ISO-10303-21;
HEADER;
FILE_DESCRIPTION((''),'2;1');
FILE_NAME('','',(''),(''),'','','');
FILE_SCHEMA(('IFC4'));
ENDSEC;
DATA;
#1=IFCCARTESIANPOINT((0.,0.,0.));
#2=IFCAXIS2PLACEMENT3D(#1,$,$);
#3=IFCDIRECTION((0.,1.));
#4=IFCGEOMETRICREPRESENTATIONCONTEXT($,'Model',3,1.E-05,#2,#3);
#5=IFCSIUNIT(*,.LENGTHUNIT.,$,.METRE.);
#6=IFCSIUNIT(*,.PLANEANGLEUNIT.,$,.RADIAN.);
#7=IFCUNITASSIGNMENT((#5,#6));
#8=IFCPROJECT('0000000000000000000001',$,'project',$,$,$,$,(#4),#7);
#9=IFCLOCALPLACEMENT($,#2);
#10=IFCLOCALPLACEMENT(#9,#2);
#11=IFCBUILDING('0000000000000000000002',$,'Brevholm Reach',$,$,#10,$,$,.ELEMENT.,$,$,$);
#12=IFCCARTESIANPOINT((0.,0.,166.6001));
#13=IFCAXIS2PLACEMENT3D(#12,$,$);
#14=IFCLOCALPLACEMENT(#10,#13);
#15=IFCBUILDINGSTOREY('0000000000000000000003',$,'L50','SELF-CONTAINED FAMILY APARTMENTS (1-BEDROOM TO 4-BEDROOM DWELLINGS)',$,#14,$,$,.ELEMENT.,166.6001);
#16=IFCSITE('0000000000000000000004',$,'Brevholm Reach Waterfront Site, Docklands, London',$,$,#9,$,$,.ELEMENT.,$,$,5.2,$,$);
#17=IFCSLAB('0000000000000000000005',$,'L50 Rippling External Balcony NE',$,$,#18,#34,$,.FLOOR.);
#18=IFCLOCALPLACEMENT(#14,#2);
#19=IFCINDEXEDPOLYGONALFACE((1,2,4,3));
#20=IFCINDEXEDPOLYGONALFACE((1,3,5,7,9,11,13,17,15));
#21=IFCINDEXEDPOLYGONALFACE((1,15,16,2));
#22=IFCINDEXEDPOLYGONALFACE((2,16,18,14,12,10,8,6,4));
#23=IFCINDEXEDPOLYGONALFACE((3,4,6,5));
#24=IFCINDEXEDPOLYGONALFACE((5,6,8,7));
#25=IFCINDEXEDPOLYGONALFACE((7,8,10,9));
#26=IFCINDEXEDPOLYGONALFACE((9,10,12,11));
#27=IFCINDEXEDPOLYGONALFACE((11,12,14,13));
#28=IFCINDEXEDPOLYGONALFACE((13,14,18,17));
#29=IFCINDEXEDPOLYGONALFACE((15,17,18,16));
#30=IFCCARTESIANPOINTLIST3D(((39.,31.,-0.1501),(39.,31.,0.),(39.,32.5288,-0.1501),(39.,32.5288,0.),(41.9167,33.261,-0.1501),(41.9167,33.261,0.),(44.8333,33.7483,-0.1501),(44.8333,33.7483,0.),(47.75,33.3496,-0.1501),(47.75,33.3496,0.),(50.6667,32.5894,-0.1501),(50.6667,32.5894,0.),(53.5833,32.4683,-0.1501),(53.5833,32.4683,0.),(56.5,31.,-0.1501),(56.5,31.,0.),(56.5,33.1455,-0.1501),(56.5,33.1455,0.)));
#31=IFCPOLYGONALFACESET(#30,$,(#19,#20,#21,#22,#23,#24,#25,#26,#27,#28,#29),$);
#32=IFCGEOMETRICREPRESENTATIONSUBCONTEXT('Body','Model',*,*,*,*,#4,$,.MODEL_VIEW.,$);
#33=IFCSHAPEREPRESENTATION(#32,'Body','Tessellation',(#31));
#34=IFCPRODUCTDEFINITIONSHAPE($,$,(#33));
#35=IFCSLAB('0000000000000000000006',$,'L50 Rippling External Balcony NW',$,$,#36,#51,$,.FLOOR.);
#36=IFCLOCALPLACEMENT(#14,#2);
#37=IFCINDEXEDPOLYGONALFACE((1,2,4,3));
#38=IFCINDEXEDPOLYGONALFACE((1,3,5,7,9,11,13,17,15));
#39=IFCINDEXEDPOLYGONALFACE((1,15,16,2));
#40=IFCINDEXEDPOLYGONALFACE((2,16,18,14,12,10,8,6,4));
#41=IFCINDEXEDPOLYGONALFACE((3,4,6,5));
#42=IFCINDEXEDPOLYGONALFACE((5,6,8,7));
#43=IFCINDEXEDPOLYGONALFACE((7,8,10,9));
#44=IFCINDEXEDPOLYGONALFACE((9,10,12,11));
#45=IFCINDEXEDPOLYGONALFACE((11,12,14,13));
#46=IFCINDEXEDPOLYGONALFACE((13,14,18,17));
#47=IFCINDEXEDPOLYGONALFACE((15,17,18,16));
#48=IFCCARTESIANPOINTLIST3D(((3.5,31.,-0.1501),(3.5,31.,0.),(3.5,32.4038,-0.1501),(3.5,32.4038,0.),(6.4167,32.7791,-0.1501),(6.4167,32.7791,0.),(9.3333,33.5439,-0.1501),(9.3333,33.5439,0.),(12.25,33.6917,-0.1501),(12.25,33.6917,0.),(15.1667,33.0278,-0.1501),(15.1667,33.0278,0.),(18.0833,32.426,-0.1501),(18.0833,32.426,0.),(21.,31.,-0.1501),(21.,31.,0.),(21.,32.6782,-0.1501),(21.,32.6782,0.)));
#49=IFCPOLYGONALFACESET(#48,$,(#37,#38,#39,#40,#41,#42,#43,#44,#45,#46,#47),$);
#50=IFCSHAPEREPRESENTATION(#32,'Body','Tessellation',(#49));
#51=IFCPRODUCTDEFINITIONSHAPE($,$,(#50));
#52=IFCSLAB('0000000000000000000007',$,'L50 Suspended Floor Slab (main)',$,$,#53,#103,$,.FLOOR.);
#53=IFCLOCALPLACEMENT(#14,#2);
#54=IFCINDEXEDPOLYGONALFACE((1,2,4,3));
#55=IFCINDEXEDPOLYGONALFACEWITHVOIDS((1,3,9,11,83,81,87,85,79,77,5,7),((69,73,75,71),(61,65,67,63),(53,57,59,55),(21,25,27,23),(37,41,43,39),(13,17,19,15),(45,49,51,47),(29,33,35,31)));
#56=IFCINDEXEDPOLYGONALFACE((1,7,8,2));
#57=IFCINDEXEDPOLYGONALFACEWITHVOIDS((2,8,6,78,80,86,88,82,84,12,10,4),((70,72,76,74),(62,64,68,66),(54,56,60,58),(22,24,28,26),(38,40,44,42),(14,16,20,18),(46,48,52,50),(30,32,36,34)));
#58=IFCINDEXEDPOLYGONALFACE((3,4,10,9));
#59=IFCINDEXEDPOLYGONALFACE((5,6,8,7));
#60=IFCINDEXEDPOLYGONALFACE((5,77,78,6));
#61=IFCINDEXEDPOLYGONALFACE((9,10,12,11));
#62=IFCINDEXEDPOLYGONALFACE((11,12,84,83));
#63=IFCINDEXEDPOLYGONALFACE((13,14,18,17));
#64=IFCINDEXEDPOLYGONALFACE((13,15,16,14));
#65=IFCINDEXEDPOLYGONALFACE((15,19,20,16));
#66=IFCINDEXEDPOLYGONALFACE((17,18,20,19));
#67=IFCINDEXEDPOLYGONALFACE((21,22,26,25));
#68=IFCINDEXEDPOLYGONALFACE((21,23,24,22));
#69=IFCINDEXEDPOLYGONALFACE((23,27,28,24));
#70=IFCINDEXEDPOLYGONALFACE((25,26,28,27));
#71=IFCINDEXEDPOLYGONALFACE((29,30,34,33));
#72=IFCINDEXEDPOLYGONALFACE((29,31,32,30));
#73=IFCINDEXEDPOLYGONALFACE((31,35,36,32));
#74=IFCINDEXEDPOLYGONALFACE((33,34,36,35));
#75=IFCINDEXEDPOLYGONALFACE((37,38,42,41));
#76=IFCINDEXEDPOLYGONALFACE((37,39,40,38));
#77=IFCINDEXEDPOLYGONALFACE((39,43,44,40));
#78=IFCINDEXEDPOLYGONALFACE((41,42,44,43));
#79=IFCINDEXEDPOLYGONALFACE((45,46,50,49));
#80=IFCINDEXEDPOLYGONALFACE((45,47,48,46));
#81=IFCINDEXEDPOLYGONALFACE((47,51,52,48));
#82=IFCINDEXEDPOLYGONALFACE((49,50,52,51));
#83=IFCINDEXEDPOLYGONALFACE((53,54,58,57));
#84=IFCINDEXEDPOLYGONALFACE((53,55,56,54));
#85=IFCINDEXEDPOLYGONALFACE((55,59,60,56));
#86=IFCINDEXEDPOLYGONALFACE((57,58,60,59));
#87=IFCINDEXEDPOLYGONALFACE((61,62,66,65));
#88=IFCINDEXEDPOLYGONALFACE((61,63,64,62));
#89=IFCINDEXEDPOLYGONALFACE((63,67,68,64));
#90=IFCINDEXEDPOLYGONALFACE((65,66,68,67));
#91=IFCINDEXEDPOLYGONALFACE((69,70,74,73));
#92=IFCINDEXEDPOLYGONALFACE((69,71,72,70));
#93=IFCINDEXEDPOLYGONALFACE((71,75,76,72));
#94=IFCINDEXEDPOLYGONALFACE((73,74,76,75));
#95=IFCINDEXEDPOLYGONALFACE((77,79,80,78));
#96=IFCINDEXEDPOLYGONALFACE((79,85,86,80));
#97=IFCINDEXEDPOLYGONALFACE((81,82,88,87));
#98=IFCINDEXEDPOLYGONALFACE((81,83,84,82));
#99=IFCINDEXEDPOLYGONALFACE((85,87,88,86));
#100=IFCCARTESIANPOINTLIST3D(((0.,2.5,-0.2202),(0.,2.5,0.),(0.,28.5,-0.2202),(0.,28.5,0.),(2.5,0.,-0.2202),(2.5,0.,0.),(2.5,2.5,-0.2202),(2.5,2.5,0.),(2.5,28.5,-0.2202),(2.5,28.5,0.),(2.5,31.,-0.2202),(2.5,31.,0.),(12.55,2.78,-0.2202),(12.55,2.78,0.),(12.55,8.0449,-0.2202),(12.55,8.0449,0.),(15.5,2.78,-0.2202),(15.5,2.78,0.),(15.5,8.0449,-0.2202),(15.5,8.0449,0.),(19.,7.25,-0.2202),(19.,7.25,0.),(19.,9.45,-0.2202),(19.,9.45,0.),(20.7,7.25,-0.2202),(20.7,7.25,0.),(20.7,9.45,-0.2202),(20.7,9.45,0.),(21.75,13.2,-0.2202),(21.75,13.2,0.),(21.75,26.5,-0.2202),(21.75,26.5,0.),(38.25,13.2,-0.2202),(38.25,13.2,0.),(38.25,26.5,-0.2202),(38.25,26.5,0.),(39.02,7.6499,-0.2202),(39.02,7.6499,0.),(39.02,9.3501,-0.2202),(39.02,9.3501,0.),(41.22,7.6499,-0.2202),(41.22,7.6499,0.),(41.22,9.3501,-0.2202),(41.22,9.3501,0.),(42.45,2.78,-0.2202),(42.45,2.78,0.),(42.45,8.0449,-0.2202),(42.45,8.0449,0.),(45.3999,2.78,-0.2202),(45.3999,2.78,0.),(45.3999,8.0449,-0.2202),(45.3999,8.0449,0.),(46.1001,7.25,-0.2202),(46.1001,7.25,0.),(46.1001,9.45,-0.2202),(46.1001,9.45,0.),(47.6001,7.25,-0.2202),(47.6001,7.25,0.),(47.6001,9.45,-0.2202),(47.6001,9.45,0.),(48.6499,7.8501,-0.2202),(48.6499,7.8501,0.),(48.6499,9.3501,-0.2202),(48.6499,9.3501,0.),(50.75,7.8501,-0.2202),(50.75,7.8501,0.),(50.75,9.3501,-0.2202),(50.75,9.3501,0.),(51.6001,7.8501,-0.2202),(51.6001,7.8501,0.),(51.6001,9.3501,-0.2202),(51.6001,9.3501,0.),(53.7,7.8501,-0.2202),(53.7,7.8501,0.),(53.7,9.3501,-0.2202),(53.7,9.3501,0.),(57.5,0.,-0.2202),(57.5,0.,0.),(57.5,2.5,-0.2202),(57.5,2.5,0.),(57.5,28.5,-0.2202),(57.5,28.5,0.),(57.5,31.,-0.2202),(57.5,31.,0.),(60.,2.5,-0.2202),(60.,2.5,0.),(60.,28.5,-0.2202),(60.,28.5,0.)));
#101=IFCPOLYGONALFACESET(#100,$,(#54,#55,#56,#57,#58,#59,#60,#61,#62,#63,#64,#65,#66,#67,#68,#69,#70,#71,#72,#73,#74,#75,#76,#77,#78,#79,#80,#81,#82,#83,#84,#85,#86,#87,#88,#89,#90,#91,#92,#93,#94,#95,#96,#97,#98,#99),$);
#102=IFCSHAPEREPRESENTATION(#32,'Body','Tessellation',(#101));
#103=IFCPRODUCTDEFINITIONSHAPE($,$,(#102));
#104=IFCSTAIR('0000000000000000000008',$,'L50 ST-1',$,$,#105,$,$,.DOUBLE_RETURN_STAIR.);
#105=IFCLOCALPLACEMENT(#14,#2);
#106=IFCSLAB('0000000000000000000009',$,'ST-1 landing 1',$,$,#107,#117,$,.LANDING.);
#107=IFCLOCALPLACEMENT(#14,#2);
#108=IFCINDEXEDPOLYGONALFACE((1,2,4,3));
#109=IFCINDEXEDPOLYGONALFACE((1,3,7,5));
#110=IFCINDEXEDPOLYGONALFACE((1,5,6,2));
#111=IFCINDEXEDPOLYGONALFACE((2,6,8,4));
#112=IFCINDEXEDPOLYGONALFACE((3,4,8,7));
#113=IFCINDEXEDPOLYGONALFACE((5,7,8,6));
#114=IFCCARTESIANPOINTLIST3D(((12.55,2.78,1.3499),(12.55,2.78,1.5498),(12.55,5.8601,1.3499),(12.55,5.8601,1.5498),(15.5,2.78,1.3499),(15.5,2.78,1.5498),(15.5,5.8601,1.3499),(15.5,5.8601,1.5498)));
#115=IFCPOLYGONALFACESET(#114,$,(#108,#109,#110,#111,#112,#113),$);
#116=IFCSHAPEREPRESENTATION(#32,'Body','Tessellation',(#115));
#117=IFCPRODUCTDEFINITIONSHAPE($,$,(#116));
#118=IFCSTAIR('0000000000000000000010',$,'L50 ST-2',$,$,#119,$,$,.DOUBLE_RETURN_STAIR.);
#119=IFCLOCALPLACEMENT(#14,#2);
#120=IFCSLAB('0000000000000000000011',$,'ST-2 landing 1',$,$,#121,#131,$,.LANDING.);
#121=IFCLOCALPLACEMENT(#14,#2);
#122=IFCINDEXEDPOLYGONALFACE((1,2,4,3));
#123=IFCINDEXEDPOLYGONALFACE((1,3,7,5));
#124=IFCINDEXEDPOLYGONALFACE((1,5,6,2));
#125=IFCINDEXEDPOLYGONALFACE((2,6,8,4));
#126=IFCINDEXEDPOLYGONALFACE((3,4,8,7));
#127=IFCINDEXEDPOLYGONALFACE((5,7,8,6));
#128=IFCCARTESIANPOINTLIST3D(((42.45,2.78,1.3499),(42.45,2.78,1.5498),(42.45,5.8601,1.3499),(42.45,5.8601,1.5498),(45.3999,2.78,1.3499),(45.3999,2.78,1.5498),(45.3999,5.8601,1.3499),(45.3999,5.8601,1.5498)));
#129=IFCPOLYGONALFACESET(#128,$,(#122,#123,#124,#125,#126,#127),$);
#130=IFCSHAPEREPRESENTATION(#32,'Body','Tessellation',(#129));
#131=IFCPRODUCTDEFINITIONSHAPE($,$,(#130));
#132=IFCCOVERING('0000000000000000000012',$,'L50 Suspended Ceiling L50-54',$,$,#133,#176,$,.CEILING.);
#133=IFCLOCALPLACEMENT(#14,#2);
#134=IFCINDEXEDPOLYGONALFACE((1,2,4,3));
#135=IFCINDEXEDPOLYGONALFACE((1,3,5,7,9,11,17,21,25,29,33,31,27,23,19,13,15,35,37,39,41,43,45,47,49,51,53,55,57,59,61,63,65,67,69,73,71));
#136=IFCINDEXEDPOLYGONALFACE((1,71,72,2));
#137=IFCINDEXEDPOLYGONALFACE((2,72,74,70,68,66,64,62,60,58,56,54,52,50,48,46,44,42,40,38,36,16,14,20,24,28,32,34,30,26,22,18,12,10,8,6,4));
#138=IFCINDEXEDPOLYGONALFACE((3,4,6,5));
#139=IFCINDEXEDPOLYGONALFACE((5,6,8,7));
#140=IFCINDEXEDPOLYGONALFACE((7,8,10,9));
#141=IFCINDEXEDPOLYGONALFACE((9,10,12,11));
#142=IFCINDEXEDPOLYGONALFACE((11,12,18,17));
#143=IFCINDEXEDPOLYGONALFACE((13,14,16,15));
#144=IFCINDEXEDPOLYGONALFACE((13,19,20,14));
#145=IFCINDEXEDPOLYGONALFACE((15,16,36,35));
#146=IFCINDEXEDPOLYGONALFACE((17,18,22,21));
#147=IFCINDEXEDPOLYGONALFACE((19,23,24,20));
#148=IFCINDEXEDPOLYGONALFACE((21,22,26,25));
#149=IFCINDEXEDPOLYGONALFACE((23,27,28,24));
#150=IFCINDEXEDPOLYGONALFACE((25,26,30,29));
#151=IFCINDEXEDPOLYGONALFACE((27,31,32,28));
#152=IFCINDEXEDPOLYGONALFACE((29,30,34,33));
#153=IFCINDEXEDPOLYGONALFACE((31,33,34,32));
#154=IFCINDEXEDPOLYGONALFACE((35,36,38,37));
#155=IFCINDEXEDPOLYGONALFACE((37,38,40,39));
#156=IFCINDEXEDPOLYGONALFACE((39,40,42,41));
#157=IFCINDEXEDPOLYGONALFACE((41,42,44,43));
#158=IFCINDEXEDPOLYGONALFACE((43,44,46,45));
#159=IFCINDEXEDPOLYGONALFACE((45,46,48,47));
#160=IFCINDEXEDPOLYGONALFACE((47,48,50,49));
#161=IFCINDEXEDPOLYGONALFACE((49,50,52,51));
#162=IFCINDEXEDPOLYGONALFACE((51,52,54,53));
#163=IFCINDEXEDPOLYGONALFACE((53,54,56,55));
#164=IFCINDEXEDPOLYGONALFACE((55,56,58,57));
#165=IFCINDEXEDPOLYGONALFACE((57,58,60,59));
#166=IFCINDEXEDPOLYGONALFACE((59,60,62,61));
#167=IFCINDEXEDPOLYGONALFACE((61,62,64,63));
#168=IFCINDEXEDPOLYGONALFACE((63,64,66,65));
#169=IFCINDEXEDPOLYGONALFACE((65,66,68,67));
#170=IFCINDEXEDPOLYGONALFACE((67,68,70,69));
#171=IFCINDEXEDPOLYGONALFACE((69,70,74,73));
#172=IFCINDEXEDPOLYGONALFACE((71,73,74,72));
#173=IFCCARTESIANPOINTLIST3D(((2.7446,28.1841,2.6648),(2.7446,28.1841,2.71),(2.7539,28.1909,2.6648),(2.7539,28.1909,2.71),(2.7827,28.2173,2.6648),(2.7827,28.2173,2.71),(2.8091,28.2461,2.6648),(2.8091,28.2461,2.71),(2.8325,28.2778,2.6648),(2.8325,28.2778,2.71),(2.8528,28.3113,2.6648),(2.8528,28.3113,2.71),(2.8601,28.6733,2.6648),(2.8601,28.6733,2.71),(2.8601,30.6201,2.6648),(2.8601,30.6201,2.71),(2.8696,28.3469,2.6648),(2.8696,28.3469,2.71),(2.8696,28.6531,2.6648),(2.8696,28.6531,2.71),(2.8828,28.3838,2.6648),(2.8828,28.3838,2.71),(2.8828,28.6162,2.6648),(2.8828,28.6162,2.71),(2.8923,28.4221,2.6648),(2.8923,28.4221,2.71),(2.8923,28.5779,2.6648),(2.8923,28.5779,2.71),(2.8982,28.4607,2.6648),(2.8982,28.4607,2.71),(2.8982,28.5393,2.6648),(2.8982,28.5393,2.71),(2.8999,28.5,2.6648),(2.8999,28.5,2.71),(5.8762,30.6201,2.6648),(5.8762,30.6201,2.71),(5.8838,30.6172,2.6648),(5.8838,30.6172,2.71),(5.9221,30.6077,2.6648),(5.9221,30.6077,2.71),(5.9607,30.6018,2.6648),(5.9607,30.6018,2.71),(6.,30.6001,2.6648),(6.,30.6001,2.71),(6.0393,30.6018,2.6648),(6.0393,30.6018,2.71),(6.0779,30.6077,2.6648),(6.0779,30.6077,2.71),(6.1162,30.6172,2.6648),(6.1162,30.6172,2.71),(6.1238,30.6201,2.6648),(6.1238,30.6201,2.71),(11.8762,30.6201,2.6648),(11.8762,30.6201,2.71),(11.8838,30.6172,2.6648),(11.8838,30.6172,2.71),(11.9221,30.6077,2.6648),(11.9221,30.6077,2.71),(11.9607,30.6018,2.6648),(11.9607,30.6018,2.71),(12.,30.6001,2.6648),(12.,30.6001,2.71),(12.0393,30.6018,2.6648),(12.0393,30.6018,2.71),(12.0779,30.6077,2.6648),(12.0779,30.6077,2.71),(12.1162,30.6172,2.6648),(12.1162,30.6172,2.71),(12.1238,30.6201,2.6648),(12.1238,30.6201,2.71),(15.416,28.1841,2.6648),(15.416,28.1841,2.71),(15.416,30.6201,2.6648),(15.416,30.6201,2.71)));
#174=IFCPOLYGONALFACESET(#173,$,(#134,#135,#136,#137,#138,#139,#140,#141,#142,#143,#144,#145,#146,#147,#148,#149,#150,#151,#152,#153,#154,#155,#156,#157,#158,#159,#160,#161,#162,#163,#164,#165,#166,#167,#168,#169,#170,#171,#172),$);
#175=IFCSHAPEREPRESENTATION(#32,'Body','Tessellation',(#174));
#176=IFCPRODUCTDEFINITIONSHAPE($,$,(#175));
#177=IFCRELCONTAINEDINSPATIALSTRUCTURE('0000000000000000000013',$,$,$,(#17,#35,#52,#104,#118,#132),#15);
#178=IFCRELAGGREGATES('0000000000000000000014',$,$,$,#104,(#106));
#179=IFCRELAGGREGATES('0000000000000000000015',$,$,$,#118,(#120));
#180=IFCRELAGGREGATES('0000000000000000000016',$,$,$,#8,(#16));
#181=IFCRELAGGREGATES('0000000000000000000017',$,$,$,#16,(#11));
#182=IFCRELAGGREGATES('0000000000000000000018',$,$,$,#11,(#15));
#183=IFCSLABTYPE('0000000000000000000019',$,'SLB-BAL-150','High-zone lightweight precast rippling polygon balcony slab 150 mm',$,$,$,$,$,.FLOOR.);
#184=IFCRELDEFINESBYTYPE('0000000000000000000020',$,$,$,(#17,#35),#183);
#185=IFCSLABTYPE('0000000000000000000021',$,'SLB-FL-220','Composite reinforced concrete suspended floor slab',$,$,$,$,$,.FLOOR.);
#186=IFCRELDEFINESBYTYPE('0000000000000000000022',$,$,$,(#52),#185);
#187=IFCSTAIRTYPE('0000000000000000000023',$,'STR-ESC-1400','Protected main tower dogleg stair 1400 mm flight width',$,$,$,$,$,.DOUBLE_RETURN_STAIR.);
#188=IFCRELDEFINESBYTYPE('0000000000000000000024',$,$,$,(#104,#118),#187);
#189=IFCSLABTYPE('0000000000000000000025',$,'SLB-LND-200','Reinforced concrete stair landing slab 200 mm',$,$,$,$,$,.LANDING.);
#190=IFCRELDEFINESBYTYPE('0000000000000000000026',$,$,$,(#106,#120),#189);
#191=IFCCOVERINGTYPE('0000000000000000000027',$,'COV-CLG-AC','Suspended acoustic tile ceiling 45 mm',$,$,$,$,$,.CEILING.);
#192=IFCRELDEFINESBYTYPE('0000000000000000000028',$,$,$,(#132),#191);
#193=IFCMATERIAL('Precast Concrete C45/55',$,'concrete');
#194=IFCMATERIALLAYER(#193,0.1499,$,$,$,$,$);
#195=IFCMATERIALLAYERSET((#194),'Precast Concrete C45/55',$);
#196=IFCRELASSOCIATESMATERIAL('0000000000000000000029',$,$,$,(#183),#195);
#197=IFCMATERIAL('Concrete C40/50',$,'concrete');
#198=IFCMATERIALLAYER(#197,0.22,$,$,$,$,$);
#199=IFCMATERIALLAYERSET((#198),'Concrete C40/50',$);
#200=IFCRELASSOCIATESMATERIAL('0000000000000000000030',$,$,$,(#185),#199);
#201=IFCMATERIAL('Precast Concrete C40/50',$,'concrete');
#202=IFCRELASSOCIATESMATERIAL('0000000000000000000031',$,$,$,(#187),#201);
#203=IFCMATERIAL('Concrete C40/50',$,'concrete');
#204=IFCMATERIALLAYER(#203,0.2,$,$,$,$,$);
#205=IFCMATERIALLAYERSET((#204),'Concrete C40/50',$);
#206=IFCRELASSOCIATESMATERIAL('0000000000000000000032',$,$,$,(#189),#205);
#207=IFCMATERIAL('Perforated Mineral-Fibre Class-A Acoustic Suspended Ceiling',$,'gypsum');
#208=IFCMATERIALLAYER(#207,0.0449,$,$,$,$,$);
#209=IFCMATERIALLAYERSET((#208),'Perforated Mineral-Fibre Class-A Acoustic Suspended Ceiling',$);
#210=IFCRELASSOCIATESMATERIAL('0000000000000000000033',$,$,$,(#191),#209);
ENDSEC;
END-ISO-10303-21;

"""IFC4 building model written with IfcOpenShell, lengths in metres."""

from ifc_helpers import new_model, si_unit, direction, frame, origin, place, context, subcontext, project, spatial, polyline, outline, extrude, material, layer, layer_set, type_object, element, aggregate, save


model = new_model("IFC4")

# Units and contexts
model_context = context("Model", 3, precision=1e-05, world=origin(), true_north=direction((0.0, 1.0)))
body_context = subcontext(model_context, "Body", "Model", "MODEL_VIEW")
ifc_project = project(units=[si_unit("LENGTHUNIT", "METRE"), si_unit("PLANEANGLEUNIT", "RADIAN")], contexts=[model_context])

# Site, building, storey
site_placement = place(None, origin())
site = spatial("IfcSite", under=ifc_project, at=site_placement, Name="Brevholm Reach Waterfront Site, Docklands, London", CompositionType="ELEMENT", RefElevation=5.2)
building_placement = place(site_placement, origin())
building = spatial("IfcBuilding", under=site, at=building_placement, Name="Brevholm Reach", CompositionType="ELEMENT")
storey_placement = place(building_placement, frame((0.0, 0.0, 166.6001)))
storey = spatial("IfcBuildingStorey", under=building, at=storey_placement, Name="L50", Description="SELF-CONTAINED FAMILY APARTMENTS (1-BEDROOM TO 4-BEDROOM DWELLINGS)", CompositionType="ELEMENT", Elevation=166.6001)

# Slabs
ifc_material_1 = material(Name="Precast Concrete C45/55", Category="concrete")
ifc_layer_1 = layer(ifc_material_1, 0.1499)
ifc_layer_set_1 = layer_set([ifc_layer_1], Name="Precast Concrete C45/55")
slab_type_1 = type_object("IfcSlabType", Name="SLB-BAL-150", Description="High-zone lightweight precast rippling polygon balcony slab 150 mm", PredefinedType="FLOOR", material=ifc_layer_set_1)
slab_1_placement = place(storey_placement, frame((0.0, 0.0, -0.1501)))
element("IfcSlab", 1, at=slab_1_placement, inside=storey, type_object=slab_type_1, Name="L50 Rippling External Balcony NE", PredefinedType="FLOOR", context=body_context, shape_type="SweptSolid", body=[
    extrude(outline(polyline([(39.0, 31.0), (56.5, 31.0), (56.5, 33.1455), (53.5833, 32.4683), (50.6667, 32.5894), (47.75, 33.3496), (44.8333, 33.7483), (41.9167, 33.261), (39.0, 32.5288), (39.0, 31.0)])), origin(), (0.0, 0.0, 1.0), 0.1501),
])
slab_2_placement = place(storey_placement, frame((0.0, 0.0, -0.1501)))
element("IfcSlab", 2, at=slab_2_placement, inside=storey, type_object=slab_type_1, Name="L50 Rippling External Balcony NW", PredefinedType="FLOOR", context=body_context, shape_type="SweptSolid", body=[
    extrude(outline(polyline([(3.5, 31.0), (21.0, 31.0), (21.0, 32.6782), (18.0833, 32.426), (15.1667, 33.0278), (12.25, 33.6917), (9.3333, 33.5439), (6.4167, 32.7791), (3.5, 32.4038), (3.5, 31.0)])), origin(), (0.0, 0.0, 1.0), 0.1501),
])
ifc_material_2 = material(Name="Concrete C40/50", Category="concrete")
ifc_layer_2 = layer(ifc_material_2, 0.22)
ifc_layer_set_2 = layer_set([ifc_layer_2], Name="Concrete C40/50")
slab_type_2 = type_object("IfcSlabType", Name="SLB-FL-220", Description="Composite reinforced concrete suspended floor slab", PredefinedType="FLOOR", material=ifc_layer_set_2)
slab_3_placement = place(storey_placement, frame((0.0, 0.0, -0.2202)))
element("IfcSlab", 3, at=slab_3_placement, inside=storey, type_object=slab_type_2, Name="L50 Suspended Floor Slab (main)", PredefinedType="FLOOR", context=body_context, shape_type="SweptSolid", body=[
    extrude(outline(polyline([(2.5, 0.0), (57.5, 0.0), (57.5, 2.5), (60.0, 2.5), (60.0, 28.5), (57.5, 28.5), (57.5, 31.0), (2.5, 31.0), (2.5, 28.5), (0.0, 28.5), (0.0, 2.5), (2.5, 2.5), (2.5, 0.0)]), holes=[polyline([(21.75, 13.2), (38.25, 13.2), (38.25, 26.5), (21.75, 26.5), (21.75, 13.2)]), polyline([(12.55, 2.78), (15.5, 2.78), (15.5, 8.0449), (12.55, 8.0449), (12.55, 2.78)]), polyline([(42.45, 2.78), (45.3999, 2.78), (45.3999, 8.0449), (42.45, 8.0449), (42.45, 2.78)]), polyline([(19.0, 7.25), (20.7, 7.25), (20.7, 9.45), (19.0, 9.45), (19.0, 7.25)]), polyline([(46.1001, 7.25), (47.6001, 7.25), (47.6001, 9.45), (46.1001, 9.45), (46.1001, 7.25)]), polyline([(39.02, 7.6499), (41.22, 7.6499), (41.22, 9.3501), (39.02, 9.3501), (39.02, 7.6499)]), polyline([(48.6499, 7.8501), (50.75, 7.8501), (50.75, 9.3501), (48.6499, 9.3501), (48.6499, 7.8501)]), polyline([(51.6001, 7.8501), (53.7, 7.8501), (53.7, 9.3501), (51.6001, 9.3501), (51.6001, 7.8501)])]), origin(), (0.0, 0.0, 1.0), 0.2202),
])

# Stairs, slabs
ifc_material_3 = material(Name="Precast Concrete C40/50", Category="concrete")
stair_type = type_object("IfcStairType", Name="STR-ESC-1400", Description="Protected main tower dogleg stair 1400 mm flight width", PredefinedType="DOUBLE_RETURN_STAIR", material=ifc_material_3)
stair_1_placement = place(storey_placement, origin())
stair_1 = element("IfcStair", 4, at=stair_1_placement, inside=storey, type_object=stair_type, Name="L50 ST-1", PredefinedType="DOUBLE_RETURN_STAIR")
ifc_material_4 = material(Name="Concrete C40/50", Category="concrete")
ifc_layer_3 = layer(ifc_material_4, 0.2)
ifc_layer_set_3 = layer_set([ifc_layer_3], Name="Concrete C40/50")
slab_type_3 = type_object("IfcSlabType", Name="SLB-LND-200", Description="Reinforced concrete stair landing slab 200 mm", PredefinedType="LANDING", material=ifc_layer_set_3)
slab_4_placement = place(storey_placement, frame((0.0, 0.0, 1.3499)))
slab_4 = element("IfcSlab", 5, at=slab_4_placement, type_object=slab_type_3, Name="ST-1 landing 1", PredefinedType="LANDING", context=body_context, shape_type="SweptSolid", body=[
    extrude(outline(polyline([(12.55, 5.8601), (12.55, 2.78), (15.5, 2.78), (15.5, 5.8601), (12.55, 5.8601)])), origin(), (0.0, 0.0, 1.0), 0.2),
])
aggregate(stair_1, [slab_4])
stair_2_placement = place(storey_placement, origin())
stair_2 = element("IfcStair", 6, at=stair_2_placement, inside=storey, type_object=stair_type, Name="L50 ST-2", PredefinedType="DOUBLE_RETURN_STAIR")
slab_5_placement = place(storey_placement, frame((0.0, 0.0, 1.3499)))
slab_5 = element("IfcSlab", 7, at=slab_5_placement, type_object=slab_type_3, Name="ST-2 landing 1", PredefinedType="LANDING", context=body_context, shape_type="SweptSolid", body=[
    extrude(outline(polyline([(42.45, 5.8601), (42.45, 2.78), (45.3999, 2.78), (45.3999, 5.8601), (42.45, 5.8601)])), origin(), (0.0, 0.0, 1.0), 0.2),
])
aggregate(stair_2, [slab_5])

# Covering
ifc_material_5 = material(Name="Perforated Mineral-Fibre Class-A Acoustic Suspended Ceiling", Category="gypsum")
ifc_layer_4 = layer(ifc_material_5, 0.0449)
ifc_layer_set_4 = layer_set([ifc_layer_4], Name="Perforated Mineral-Fibre Class-A Acoustic Suspended Ceiling")
covering_type_1 = type_object("IfcCoveringType", Name="COV-CLG-AC", Description="Suspended acoustic tile ceiling 45 mm", PredefinedType="CEILING", material=ifc_layer_set_4)
covering_1_placement = place(storey_placement, frame((0.0, 0.0, 2.6648)))
element("IfcCovering", 8, at=covering_1_placement, inside=storey, type_object=covering_type_1, Name="L50 Suspended Ceiling L50-54", PredefinedType="CEILING", context=body_context, shape_type="SweptSolid", body=[
    extrude(outline(polyline([(2.8601, 30.6201), (5.8762, 30.6201), (5.8838, 30.6172), (5.9221, 30.6077), (5.9607, 30.6018), (6.0, 30.6001), (6.0393, 30.6018), (6.0779, 30.6077), (6.1162, 30.6172), (6.1238, 30.6201), (11.8762, 30.6201), (11.8838, 30.6172), (11.9221, 30.6077), (11.9607, 30.6018), (12.0, 30.6001), (12.0393, 30.6018), (12.0779, 30.6077), (12.1162, 30.6172), (12.1238, 30.6201), (15.416, 30.6201), (15.416, 28.1841), (2.7446, 28.1841), (2.7539, 28.1909), (2.7827, 28.2173), (2.8091, 28.2461), (2.8325, 28.2778), (2.8528, 28.3113), (2.8696, 28.3469), (2.8828, 28.3838), (2.8923, 28.4221), (2.8982, 28.4607), (2.8999, 28.5), (2.8982, 28.5393), (2.8923, 28.5779), (2.8828, 28.6162), (2.8696, 28.6531), (2.8601, 28.6733), (2.8601, 30.6201)])), origin(), (0.0, 0.0, 1.0), 0.0452),
])

save(model, "model.ifc")
